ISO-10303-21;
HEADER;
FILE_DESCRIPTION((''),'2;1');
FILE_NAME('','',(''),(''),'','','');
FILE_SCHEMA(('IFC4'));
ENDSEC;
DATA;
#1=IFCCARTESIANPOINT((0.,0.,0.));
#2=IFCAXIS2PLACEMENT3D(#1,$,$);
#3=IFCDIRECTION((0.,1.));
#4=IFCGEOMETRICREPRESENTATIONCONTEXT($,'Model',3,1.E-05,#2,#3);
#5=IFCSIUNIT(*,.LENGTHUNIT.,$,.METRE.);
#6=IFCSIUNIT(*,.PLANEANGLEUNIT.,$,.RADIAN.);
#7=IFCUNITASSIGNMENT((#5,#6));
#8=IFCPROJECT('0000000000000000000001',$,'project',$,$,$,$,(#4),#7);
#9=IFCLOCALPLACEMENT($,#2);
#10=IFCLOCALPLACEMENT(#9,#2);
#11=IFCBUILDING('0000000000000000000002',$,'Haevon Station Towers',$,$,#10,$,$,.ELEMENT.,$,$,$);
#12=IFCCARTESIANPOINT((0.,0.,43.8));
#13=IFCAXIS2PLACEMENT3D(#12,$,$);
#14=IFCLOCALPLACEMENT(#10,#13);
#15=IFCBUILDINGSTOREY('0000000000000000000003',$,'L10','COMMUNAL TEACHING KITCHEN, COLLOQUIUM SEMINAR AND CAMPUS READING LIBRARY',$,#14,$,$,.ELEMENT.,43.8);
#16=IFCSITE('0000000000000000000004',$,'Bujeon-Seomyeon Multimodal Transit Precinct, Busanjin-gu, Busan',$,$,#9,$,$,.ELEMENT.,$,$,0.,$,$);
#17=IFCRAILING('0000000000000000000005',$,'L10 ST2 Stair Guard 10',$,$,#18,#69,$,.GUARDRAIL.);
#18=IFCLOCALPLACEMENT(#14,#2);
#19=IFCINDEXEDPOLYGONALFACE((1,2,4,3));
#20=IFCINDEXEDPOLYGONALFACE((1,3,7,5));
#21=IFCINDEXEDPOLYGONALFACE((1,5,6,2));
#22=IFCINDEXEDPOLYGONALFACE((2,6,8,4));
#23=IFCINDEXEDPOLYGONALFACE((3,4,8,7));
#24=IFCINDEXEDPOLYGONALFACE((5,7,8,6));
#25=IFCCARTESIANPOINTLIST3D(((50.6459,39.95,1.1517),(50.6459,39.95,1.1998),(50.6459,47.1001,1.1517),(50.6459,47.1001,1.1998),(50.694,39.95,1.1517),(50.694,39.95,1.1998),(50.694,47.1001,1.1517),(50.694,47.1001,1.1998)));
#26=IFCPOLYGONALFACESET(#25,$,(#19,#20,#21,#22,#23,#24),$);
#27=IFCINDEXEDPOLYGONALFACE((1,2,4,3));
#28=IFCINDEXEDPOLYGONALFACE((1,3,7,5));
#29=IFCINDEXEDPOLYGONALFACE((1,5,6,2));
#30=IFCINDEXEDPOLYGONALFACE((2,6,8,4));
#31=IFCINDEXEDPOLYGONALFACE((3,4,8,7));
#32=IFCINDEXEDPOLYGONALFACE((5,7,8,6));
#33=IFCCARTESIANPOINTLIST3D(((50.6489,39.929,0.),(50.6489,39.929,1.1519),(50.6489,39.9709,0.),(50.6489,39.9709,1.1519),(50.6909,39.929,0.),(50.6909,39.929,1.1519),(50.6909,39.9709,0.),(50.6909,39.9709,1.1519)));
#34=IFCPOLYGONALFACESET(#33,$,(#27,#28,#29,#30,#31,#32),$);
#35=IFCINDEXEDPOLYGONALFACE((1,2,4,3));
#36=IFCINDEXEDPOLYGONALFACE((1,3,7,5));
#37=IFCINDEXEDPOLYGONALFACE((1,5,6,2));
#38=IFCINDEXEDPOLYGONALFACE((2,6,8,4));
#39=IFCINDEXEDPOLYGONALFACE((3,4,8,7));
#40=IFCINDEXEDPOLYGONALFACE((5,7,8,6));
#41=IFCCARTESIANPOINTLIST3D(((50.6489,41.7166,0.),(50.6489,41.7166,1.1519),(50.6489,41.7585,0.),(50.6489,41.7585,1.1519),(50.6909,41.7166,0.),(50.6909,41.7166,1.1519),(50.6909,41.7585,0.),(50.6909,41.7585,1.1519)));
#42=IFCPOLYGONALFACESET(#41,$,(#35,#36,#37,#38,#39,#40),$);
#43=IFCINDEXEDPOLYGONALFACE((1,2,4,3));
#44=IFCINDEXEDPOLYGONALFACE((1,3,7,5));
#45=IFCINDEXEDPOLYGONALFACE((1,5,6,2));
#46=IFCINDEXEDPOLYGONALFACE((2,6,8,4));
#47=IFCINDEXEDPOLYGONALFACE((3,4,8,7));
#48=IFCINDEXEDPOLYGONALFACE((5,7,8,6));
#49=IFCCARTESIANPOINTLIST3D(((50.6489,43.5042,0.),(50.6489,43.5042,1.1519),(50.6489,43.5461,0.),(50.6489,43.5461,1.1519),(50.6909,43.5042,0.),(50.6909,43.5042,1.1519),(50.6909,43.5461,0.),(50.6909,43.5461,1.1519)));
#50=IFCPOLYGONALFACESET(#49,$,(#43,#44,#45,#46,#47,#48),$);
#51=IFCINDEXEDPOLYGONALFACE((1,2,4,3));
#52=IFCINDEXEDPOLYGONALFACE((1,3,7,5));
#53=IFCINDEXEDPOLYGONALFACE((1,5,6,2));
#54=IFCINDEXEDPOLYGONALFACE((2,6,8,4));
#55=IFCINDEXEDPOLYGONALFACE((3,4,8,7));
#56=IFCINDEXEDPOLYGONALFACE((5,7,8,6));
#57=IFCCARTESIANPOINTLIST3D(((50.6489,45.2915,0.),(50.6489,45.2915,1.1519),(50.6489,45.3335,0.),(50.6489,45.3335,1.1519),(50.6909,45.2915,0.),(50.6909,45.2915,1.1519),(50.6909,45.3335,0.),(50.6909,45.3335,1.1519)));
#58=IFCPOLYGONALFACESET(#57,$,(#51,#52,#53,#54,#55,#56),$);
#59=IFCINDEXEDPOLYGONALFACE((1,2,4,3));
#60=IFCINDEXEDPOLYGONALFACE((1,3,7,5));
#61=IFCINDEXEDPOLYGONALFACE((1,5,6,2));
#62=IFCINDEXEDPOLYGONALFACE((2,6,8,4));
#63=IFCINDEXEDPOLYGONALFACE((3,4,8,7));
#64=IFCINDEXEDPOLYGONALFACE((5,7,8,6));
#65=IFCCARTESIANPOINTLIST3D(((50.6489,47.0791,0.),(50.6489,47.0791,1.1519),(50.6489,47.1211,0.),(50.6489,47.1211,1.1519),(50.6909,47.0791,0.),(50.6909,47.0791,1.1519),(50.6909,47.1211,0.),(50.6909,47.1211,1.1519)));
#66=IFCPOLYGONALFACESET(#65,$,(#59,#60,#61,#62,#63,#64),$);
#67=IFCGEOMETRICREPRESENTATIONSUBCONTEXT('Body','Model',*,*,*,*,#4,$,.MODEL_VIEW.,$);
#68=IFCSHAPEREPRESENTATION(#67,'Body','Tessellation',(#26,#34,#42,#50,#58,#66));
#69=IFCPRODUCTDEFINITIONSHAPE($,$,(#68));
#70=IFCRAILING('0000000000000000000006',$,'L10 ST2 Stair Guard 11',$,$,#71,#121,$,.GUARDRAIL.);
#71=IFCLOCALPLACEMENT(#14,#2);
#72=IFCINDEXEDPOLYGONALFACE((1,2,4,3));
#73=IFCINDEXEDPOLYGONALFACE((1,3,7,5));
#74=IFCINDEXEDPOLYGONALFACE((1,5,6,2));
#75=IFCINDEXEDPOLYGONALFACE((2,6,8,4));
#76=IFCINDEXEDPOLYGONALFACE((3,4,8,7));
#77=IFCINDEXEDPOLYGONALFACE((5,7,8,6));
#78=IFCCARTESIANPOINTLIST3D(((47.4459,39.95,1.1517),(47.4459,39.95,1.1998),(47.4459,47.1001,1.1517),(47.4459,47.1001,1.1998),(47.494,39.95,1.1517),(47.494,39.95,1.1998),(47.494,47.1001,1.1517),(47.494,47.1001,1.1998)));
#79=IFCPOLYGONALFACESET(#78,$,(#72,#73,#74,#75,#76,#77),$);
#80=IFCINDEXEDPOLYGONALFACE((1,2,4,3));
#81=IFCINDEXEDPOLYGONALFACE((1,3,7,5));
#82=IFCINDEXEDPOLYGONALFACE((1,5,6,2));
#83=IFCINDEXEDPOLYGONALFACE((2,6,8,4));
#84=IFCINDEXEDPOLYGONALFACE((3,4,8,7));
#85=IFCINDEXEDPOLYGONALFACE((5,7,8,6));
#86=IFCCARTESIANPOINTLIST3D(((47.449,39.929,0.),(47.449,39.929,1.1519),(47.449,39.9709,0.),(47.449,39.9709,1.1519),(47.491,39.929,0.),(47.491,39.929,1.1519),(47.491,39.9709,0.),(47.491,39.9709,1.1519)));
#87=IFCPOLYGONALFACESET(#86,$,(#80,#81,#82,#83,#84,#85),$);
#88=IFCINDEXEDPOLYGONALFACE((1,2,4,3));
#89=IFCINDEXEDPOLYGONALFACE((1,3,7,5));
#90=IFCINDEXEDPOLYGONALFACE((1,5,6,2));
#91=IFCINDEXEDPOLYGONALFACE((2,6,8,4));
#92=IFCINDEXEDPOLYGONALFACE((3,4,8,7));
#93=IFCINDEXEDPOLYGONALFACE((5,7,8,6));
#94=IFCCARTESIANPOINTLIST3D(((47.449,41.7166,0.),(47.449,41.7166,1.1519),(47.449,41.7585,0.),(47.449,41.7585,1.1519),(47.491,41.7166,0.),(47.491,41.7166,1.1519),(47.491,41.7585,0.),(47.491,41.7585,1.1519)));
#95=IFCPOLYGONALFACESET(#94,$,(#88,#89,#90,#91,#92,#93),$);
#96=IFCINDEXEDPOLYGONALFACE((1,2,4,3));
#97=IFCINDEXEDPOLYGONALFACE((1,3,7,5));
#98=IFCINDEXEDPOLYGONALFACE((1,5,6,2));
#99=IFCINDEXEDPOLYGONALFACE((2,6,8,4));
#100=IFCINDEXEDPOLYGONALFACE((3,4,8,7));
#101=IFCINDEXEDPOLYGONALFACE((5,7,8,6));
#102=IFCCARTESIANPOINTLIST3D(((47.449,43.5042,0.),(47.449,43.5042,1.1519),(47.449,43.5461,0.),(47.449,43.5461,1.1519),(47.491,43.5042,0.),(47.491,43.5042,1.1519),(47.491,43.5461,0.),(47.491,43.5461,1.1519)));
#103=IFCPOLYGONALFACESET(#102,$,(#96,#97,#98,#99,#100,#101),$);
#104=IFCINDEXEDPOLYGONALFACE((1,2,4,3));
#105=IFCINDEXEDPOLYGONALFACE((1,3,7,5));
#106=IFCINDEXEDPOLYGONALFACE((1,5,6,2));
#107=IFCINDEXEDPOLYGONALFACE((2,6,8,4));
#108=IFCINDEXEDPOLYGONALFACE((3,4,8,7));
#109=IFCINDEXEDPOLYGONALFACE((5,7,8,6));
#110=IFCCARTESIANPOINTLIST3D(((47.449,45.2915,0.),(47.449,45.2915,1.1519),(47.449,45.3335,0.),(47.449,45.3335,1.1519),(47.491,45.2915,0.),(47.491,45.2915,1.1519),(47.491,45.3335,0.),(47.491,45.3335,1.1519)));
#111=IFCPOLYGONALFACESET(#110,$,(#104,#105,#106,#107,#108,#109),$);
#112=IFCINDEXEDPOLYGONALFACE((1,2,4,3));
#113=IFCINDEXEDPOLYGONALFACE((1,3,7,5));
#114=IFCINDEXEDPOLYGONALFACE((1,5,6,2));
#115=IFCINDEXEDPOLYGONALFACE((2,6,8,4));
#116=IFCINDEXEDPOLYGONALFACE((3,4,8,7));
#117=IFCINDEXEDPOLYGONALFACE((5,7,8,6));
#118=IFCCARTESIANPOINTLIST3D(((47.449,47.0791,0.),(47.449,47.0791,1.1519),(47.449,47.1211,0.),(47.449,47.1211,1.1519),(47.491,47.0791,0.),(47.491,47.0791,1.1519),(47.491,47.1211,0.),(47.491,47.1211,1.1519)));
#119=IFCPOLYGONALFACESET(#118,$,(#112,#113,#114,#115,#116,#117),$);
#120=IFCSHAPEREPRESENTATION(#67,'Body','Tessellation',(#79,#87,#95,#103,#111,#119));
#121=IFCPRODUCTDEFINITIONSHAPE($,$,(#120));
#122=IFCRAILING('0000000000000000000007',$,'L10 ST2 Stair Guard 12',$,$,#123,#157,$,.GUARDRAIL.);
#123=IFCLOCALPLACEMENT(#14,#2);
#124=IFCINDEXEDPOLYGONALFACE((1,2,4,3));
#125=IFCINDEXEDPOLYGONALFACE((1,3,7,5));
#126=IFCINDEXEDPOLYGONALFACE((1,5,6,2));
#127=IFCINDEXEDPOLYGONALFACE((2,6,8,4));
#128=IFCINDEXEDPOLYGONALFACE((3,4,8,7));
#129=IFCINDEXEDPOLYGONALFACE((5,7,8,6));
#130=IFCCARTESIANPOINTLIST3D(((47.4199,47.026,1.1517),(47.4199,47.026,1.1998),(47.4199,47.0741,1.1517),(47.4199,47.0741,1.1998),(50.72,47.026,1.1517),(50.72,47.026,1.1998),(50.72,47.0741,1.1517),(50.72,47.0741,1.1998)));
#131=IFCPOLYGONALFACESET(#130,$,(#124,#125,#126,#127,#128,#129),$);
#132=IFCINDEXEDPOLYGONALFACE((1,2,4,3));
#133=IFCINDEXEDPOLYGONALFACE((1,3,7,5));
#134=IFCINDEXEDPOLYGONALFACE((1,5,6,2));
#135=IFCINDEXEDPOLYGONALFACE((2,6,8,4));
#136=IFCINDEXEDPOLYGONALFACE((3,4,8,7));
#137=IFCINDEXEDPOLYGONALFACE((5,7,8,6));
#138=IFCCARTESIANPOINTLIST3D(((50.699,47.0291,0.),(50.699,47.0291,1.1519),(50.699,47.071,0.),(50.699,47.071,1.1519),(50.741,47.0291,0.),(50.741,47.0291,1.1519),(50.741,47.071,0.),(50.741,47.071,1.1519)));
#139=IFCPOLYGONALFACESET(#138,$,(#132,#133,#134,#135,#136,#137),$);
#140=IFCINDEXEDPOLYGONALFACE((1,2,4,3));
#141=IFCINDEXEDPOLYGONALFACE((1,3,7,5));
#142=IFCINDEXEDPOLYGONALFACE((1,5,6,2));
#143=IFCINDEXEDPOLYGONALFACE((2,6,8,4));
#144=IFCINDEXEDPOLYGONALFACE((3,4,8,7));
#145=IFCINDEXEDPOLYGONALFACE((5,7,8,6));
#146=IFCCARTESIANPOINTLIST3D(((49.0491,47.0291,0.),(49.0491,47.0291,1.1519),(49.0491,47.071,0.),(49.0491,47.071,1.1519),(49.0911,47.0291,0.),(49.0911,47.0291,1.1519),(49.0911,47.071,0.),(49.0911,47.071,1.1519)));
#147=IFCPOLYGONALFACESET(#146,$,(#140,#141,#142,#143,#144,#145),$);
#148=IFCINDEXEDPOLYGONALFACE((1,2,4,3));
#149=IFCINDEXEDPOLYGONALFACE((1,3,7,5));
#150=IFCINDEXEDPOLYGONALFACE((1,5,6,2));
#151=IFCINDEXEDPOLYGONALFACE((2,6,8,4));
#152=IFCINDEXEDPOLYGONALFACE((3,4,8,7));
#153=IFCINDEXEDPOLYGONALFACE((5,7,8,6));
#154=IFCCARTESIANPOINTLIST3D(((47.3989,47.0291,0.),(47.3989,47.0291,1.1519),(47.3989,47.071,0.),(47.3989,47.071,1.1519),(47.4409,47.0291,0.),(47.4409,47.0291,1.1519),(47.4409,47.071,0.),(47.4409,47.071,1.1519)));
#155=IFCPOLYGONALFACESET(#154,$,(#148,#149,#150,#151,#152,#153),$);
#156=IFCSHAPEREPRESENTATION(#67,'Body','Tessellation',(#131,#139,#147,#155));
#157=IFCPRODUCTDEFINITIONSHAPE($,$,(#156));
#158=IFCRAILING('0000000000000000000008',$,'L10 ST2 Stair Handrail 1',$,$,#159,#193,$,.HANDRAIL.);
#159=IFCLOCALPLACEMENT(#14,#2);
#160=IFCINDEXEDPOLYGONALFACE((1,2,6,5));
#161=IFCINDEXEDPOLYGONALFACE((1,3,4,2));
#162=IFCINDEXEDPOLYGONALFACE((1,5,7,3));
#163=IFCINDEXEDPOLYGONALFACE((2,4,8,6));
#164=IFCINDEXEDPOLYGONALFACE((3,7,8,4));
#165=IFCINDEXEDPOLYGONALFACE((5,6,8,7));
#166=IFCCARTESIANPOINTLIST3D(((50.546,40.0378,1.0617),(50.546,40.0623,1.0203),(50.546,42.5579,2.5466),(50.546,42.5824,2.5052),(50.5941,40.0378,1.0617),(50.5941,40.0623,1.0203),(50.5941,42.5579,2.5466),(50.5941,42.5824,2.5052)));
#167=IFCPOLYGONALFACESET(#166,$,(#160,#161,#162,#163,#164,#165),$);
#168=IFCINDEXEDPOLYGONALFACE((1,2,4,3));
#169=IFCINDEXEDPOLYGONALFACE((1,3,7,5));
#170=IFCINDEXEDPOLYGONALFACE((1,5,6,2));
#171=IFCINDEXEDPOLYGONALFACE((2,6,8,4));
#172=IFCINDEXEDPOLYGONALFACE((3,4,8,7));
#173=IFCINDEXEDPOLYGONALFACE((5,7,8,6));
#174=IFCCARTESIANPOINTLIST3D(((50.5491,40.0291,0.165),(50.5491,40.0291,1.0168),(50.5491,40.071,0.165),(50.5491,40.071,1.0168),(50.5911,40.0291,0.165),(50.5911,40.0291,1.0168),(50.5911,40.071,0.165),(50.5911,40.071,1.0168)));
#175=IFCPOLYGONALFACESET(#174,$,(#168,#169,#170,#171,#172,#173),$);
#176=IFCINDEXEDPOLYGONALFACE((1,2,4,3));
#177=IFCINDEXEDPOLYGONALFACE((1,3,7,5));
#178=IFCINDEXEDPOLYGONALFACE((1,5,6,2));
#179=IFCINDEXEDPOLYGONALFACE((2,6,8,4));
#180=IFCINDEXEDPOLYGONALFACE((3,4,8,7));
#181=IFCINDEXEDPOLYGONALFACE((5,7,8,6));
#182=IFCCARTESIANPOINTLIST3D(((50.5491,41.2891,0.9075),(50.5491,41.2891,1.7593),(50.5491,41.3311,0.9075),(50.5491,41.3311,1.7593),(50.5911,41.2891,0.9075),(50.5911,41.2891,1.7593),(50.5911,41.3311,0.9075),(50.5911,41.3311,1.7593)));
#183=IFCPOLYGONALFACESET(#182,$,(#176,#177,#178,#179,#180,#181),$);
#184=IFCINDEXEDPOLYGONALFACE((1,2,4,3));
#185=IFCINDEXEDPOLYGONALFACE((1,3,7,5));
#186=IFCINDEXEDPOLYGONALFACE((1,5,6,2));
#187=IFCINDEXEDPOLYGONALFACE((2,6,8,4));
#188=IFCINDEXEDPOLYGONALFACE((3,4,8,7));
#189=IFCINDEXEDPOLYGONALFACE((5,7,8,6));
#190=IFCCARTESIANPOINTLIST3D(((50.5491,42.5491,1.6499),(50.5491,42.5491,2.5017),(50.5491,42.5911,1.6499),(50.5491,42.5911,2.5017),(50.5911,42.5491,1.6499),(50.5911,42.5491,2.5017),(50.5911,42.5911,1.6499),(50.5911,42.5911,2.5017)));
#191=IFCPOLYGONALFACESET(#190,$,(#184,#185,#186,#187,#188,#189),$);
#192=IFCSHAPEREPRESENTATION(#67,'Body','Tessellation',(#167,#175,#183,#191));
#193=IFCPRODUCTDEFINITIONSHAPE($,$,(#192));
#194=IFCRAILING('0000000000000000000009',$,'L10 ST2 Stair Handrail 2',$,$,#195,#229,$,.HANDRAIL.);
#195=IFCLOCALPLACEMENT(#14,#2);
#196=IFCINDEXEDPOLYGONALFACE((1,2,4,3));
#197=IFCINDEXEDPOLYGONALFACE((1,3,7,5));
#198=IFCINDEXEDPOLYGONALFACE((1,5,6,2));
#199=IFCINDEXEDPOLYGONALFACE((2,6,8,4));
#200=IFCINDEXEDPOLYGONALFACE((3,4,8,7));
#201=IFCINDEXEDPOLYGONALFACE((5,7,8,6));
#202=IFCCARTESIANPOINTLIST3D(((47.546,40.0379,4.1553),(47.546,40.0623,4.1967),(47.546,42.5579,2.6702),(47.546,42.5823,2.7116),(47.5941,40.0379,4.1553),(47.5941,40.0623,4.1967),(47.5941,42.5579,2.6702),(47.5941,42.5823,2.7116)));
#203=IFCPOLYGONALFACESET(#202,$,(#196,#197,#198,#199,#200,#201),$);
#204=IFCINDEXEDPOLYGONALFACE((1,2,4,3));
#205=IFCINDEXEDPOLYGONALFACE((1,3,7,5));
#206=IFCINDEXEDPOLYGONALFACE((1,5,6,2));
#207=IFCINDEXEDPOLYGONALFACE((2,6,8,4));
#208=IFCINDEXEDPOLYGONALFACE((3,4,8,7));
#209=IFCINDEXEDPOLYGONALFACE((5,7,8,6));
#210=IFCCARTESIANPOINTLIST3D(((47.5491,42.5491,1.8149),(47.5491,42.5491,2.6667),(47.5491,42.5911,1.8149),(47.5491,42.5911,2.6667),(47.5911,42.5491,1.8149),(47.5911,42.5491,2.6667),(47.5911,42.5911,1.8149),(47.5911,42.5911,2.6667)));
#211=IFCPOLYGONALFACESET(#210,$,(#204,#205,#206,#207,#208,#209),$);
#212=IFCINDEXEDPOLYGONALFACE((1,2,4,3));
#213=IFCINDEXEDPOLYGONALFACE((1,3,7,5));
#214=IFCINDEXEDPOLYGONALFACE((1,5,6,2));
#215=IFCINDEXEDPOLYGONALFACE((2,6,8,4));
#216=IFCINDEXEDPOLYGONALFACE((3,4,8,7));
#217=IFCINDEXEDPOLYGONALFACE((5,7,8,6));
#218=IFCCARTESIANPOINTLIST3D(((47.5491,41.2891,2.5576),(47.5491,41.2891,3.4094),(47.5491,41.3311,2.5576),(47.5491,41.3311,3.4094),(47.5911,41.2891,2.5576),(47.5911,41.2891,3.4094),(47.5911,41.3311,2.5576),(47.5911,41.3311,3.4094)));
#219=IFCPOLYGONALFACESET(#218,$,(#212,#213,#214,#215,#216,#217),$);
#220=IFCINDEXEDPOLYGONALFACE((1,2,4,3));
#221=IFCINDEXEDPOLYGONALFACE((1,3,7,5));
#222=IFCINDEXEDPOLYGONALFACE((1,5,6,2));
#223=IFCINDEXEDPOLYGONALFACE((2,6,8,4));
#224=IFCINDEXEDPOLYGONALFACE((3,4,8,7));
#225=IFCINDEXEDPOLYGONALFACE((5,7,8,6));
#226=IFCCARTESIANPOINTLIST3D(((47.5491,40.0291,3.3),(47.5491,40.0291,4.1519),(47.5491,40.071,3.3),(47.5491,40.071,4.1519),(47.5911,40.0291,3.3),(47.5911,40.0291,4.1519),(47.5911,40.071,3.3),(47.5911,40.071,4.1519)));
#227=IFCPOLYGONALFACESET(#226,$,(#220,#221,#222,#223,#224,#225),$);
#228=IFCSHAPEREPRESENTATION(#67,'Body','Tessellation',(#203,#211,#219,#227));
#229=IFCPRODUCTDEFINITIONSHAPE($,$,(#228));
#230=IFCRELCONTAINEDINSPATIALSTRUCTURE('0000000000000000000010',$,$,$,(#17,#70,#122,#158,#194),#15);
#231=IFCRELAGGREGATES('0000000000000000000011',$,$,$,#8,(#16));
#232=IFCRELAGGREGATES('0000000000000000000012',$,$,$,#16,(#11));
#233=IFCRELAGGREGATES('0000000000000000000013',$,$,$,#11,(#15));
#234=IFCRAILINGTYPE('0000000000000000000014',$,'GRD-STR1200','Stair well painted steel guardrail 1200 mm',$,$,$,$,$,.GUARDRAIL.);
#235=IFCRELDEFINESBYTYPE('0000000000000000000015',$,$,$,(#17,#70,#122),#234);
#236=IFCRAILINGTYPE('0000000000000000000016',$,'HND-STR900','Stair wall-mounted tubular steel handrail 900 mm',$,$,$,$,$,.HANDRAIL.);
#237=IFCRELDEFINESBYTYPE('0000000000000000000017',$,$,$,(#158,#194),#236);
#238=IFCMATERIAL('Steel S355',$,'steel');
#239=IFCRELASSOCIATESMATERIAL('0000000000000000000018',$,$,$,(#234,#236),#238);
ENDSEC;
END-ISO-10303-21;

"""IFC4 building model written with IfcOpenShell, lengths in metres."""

from ifc_helpers import new_model, si_unit, direction, frame, origin, origin_2d, place, context, subcontext, project, spatial, rectangle, extrude, material, type_object, element, save


model = new_model("IFC4")

# Units and contexts
model_context = context("Model", 3, precision=1e-05, world=origin(), true_north=direction((0.0, 1.0)))
body_context = subcontext(model_context, "Body", "Model", "MODEL_VIEW")
ifc_project = project(units=[si_unit("LENGTHUNIT", "METRE"), si_unit("PLANEANGLEUNIT", "RADIAN")], contexts=[model_context])

# Site, building, storey
site_placement = place(None, origin())
site = spatial("IfcSite", under=ifc_project, at=site_placement, Name="Bujeon-Seomyeon Multimodal Transit Precinct, Busanjin-gu, Busan", CompositionType="ELEMENT", RefElevation=0.0)
building_placement = place(site_placement, origin())
building = spatial("IfcBuilding", under=site, at=building_placement, Name="Haevon Station Towers", CompositionType="ELEMENT")
storey_placement = place(building_placement, frame((0.0, 0.0, 43.8)))
storey = spatial("IfcBuildingStorey", under=building, at=storey_placement, Name="L10", Description="COMMUNAL TEACHING KITCHEN, COLLOQUIUM SEMINAR AND CAMPUS READING LIBRARY", CompositionType="ELEMENT", Elevation=43.8)

# Shared definitions
ifc_material_1 = material(Name="Steel S355", Category="steel")

# Railings
railing_type_1 = type_object("IfcRailingType", Name="GRD-STR1200", Description="Stair well painted steel guardrail 1200 mm", PredefinedType="GUARDRAIL", material=ifc_material_1)
for number, where, name in (
    (1, (50.6699, 39.95, 0.0), "L10 ST2 Stair Guard 10"),
    (2, (47.47, 39.95, 0.0), "L10 ST2 Stair Guard 11"),
):
    element("IfcRailing", number, at=place(storey_placement, frame(where)), inside=storey, type_object=railing_type_1, Name=name, PredefinedType="GUARDRAIL", context=body_context, shape_type="SweptSolid", body=[
        extrude(rectangle(XDim=0.0481, YDim=0.0481, at=origin_2d()), frame((0.0, 0.0, 1.1758), z_axis=(0.0, 1.0, 0.0), x_axis=(-1.0, 0.0, 0.0)), (0.0, 0.0, 1.0), 7.1501),
        extrude(rectangle(XDim=0.042, YDim=0.042, at=origin_2d()), origin(), (0.0, 0.0, 1.0), 1.1519),
        extrude(rectangle(XDim=0.042, YDim=0.042, at=origin_2d()), frame((0.0, 1.7876, 0.0)), (0.0, 0.0, 1.0), 1.1519),
        extrude(rectangle(XDim=0.042, YDim=0.042, at=origin_2d()), frame((0.0, 3.5752, 0.0)), (0.0, 0.0, 1.0), 1.1519),
        extrude(rectangle(XDim=0.042, YDim=0.042, at=origin_2d()), frame((0.0, 5.3625, 0.0)), (0.0, 0.0, 1.0), 1.1519),
        extrude(rectangle(XDim=0.042, YDim=0.042, at=origin_2d()), frame((0.0, 7.1501, 0.0)), (0.0, 0.0, 1.0), 1.1519),
    ])
railing_1_placement = place(storey_placement, frame((50.72, 47.05, 0.0)))
element("IfcRailing", 3, at=railing_1_placement, inside=storey, type_object=railing_type_1, Name="L10 ST2 Stair Guard 12", PredefinedType="GUARDRAIL", context=body_context, shape_type="SweptSolid", body=[
    extrude(rectangle(XDim=0.0481, YDim=0.0481, at=origin_2d()), frame((0.0, 0.0, 1.1758), z_axis=(-1.0, 0.0, 0.0), x_axis=(0.0, -1.0, 0.0)), (0.0, 0.0, 1.0), 3.3),
    extrude(rectangle(XDim=0.042, YDim=0.042, at=origin_2d()), origin(), (0.0, 0.0, 1.0), 1.1519),
    extrude(rectangle(XDim=0.042, YDim=0.042, at=origin_2d()), frame((-1.6499, 0.0, 0.0)), (0.0, 0.0, 1.0), 1.1519),
    extrude(rectangle(XDim=0.042, YDim=0.042, at=origin_2d()), frame((-3.3, 0.0, 0.0)), (0.0, 0.0, 1.0), 1.1519),
])
railing_type_2 = type_object("IfcRailingType", Name="HND-STR900", Description="Stair wall-mounted tubular steel handrail 900 mm", PredefinedType="HANDRAIL", material=ifc_material_1)
railing_2_placement = place(storey_placement, frame((50.5701, 40.05, 0.165)))
element("IfcRailing", 4, at=railing_2_placement, inside=storey, type_object=railing_type_2, Name="L10 ST2 Stair Handrail 1", PredefinedType="HANDRAIL", context=body_context, shape_type="SweptSolid", body=[
    extrude(rectangle(XDim=0.0481, YDim=0.0481, at=origin_2d()), frame((0.0, 0.0, 0.876), z_axis=(0.0, 0.861561, 0.507655), x_axis=(-1.0, 0.0, 0.0)), (0.0, 0.0, 1.0), 2.925),
    extrude(rectangle(XDim=0.042, YDim=0.042, at=origin_2d()), origin(), (0.0, 0.0, 1.0), 0.8518),
    extrude(rectangle(XDim=0.042, YDim=0.042, at=origin_2d()), frame((0.0, 1.26, 0.7424)), (0.0, 0.0, 1.0), 0.8518),
    extrude(rectangle(XDim=0.042, YDim=0.042, at=origin_2d()), frame((0.0, 2.52, 1.4849)), (0.0, 0.0, 1.0), 0.8518),
])
railing_3_placement = place(storey_placement, frame((47.5701, 42.5701, 1.8149)))
element("IfcRailing", 5, at=railing_3_placement, inside=storey, type_object=railing_type_2, Name="L10 ST2 Stair Handrail 2", PredefinedType="HANDRAIL", context=body_context, shape_type="SweptSolid", body=[
    extrude(rectangle(XDim=0.0481, YDim=0.0481, at=origin_2d()), frame((0.0, 0.0, 0.876), z_axis=(0.0, -0.861524, 0.507717), x_axis=(1.0, 0.0, 0.0)), (0.0, 0.0, 1.0), 2.925),
    extrude(rectangle(XDim=0.042, YDim=0.042, at=origin_2d()), origin(), (0.0, 0.0, 1.0), 0.8518),
    extrude(rectangle(XDim=0.042, YDim=0.042, at=origin_2d()), frame((0.0, -1.26, 0.7427)), (0.0, 0.0, 1.0), 0.8518),
    extrude(rectangle(XDim=0.042, YDim=0.042, at=origin_2d()), frame((0.0, -2.52, 1.4851)), (0.0, 0.0, 1.0), 0.8518),
])

save(model, "model.ifc")
